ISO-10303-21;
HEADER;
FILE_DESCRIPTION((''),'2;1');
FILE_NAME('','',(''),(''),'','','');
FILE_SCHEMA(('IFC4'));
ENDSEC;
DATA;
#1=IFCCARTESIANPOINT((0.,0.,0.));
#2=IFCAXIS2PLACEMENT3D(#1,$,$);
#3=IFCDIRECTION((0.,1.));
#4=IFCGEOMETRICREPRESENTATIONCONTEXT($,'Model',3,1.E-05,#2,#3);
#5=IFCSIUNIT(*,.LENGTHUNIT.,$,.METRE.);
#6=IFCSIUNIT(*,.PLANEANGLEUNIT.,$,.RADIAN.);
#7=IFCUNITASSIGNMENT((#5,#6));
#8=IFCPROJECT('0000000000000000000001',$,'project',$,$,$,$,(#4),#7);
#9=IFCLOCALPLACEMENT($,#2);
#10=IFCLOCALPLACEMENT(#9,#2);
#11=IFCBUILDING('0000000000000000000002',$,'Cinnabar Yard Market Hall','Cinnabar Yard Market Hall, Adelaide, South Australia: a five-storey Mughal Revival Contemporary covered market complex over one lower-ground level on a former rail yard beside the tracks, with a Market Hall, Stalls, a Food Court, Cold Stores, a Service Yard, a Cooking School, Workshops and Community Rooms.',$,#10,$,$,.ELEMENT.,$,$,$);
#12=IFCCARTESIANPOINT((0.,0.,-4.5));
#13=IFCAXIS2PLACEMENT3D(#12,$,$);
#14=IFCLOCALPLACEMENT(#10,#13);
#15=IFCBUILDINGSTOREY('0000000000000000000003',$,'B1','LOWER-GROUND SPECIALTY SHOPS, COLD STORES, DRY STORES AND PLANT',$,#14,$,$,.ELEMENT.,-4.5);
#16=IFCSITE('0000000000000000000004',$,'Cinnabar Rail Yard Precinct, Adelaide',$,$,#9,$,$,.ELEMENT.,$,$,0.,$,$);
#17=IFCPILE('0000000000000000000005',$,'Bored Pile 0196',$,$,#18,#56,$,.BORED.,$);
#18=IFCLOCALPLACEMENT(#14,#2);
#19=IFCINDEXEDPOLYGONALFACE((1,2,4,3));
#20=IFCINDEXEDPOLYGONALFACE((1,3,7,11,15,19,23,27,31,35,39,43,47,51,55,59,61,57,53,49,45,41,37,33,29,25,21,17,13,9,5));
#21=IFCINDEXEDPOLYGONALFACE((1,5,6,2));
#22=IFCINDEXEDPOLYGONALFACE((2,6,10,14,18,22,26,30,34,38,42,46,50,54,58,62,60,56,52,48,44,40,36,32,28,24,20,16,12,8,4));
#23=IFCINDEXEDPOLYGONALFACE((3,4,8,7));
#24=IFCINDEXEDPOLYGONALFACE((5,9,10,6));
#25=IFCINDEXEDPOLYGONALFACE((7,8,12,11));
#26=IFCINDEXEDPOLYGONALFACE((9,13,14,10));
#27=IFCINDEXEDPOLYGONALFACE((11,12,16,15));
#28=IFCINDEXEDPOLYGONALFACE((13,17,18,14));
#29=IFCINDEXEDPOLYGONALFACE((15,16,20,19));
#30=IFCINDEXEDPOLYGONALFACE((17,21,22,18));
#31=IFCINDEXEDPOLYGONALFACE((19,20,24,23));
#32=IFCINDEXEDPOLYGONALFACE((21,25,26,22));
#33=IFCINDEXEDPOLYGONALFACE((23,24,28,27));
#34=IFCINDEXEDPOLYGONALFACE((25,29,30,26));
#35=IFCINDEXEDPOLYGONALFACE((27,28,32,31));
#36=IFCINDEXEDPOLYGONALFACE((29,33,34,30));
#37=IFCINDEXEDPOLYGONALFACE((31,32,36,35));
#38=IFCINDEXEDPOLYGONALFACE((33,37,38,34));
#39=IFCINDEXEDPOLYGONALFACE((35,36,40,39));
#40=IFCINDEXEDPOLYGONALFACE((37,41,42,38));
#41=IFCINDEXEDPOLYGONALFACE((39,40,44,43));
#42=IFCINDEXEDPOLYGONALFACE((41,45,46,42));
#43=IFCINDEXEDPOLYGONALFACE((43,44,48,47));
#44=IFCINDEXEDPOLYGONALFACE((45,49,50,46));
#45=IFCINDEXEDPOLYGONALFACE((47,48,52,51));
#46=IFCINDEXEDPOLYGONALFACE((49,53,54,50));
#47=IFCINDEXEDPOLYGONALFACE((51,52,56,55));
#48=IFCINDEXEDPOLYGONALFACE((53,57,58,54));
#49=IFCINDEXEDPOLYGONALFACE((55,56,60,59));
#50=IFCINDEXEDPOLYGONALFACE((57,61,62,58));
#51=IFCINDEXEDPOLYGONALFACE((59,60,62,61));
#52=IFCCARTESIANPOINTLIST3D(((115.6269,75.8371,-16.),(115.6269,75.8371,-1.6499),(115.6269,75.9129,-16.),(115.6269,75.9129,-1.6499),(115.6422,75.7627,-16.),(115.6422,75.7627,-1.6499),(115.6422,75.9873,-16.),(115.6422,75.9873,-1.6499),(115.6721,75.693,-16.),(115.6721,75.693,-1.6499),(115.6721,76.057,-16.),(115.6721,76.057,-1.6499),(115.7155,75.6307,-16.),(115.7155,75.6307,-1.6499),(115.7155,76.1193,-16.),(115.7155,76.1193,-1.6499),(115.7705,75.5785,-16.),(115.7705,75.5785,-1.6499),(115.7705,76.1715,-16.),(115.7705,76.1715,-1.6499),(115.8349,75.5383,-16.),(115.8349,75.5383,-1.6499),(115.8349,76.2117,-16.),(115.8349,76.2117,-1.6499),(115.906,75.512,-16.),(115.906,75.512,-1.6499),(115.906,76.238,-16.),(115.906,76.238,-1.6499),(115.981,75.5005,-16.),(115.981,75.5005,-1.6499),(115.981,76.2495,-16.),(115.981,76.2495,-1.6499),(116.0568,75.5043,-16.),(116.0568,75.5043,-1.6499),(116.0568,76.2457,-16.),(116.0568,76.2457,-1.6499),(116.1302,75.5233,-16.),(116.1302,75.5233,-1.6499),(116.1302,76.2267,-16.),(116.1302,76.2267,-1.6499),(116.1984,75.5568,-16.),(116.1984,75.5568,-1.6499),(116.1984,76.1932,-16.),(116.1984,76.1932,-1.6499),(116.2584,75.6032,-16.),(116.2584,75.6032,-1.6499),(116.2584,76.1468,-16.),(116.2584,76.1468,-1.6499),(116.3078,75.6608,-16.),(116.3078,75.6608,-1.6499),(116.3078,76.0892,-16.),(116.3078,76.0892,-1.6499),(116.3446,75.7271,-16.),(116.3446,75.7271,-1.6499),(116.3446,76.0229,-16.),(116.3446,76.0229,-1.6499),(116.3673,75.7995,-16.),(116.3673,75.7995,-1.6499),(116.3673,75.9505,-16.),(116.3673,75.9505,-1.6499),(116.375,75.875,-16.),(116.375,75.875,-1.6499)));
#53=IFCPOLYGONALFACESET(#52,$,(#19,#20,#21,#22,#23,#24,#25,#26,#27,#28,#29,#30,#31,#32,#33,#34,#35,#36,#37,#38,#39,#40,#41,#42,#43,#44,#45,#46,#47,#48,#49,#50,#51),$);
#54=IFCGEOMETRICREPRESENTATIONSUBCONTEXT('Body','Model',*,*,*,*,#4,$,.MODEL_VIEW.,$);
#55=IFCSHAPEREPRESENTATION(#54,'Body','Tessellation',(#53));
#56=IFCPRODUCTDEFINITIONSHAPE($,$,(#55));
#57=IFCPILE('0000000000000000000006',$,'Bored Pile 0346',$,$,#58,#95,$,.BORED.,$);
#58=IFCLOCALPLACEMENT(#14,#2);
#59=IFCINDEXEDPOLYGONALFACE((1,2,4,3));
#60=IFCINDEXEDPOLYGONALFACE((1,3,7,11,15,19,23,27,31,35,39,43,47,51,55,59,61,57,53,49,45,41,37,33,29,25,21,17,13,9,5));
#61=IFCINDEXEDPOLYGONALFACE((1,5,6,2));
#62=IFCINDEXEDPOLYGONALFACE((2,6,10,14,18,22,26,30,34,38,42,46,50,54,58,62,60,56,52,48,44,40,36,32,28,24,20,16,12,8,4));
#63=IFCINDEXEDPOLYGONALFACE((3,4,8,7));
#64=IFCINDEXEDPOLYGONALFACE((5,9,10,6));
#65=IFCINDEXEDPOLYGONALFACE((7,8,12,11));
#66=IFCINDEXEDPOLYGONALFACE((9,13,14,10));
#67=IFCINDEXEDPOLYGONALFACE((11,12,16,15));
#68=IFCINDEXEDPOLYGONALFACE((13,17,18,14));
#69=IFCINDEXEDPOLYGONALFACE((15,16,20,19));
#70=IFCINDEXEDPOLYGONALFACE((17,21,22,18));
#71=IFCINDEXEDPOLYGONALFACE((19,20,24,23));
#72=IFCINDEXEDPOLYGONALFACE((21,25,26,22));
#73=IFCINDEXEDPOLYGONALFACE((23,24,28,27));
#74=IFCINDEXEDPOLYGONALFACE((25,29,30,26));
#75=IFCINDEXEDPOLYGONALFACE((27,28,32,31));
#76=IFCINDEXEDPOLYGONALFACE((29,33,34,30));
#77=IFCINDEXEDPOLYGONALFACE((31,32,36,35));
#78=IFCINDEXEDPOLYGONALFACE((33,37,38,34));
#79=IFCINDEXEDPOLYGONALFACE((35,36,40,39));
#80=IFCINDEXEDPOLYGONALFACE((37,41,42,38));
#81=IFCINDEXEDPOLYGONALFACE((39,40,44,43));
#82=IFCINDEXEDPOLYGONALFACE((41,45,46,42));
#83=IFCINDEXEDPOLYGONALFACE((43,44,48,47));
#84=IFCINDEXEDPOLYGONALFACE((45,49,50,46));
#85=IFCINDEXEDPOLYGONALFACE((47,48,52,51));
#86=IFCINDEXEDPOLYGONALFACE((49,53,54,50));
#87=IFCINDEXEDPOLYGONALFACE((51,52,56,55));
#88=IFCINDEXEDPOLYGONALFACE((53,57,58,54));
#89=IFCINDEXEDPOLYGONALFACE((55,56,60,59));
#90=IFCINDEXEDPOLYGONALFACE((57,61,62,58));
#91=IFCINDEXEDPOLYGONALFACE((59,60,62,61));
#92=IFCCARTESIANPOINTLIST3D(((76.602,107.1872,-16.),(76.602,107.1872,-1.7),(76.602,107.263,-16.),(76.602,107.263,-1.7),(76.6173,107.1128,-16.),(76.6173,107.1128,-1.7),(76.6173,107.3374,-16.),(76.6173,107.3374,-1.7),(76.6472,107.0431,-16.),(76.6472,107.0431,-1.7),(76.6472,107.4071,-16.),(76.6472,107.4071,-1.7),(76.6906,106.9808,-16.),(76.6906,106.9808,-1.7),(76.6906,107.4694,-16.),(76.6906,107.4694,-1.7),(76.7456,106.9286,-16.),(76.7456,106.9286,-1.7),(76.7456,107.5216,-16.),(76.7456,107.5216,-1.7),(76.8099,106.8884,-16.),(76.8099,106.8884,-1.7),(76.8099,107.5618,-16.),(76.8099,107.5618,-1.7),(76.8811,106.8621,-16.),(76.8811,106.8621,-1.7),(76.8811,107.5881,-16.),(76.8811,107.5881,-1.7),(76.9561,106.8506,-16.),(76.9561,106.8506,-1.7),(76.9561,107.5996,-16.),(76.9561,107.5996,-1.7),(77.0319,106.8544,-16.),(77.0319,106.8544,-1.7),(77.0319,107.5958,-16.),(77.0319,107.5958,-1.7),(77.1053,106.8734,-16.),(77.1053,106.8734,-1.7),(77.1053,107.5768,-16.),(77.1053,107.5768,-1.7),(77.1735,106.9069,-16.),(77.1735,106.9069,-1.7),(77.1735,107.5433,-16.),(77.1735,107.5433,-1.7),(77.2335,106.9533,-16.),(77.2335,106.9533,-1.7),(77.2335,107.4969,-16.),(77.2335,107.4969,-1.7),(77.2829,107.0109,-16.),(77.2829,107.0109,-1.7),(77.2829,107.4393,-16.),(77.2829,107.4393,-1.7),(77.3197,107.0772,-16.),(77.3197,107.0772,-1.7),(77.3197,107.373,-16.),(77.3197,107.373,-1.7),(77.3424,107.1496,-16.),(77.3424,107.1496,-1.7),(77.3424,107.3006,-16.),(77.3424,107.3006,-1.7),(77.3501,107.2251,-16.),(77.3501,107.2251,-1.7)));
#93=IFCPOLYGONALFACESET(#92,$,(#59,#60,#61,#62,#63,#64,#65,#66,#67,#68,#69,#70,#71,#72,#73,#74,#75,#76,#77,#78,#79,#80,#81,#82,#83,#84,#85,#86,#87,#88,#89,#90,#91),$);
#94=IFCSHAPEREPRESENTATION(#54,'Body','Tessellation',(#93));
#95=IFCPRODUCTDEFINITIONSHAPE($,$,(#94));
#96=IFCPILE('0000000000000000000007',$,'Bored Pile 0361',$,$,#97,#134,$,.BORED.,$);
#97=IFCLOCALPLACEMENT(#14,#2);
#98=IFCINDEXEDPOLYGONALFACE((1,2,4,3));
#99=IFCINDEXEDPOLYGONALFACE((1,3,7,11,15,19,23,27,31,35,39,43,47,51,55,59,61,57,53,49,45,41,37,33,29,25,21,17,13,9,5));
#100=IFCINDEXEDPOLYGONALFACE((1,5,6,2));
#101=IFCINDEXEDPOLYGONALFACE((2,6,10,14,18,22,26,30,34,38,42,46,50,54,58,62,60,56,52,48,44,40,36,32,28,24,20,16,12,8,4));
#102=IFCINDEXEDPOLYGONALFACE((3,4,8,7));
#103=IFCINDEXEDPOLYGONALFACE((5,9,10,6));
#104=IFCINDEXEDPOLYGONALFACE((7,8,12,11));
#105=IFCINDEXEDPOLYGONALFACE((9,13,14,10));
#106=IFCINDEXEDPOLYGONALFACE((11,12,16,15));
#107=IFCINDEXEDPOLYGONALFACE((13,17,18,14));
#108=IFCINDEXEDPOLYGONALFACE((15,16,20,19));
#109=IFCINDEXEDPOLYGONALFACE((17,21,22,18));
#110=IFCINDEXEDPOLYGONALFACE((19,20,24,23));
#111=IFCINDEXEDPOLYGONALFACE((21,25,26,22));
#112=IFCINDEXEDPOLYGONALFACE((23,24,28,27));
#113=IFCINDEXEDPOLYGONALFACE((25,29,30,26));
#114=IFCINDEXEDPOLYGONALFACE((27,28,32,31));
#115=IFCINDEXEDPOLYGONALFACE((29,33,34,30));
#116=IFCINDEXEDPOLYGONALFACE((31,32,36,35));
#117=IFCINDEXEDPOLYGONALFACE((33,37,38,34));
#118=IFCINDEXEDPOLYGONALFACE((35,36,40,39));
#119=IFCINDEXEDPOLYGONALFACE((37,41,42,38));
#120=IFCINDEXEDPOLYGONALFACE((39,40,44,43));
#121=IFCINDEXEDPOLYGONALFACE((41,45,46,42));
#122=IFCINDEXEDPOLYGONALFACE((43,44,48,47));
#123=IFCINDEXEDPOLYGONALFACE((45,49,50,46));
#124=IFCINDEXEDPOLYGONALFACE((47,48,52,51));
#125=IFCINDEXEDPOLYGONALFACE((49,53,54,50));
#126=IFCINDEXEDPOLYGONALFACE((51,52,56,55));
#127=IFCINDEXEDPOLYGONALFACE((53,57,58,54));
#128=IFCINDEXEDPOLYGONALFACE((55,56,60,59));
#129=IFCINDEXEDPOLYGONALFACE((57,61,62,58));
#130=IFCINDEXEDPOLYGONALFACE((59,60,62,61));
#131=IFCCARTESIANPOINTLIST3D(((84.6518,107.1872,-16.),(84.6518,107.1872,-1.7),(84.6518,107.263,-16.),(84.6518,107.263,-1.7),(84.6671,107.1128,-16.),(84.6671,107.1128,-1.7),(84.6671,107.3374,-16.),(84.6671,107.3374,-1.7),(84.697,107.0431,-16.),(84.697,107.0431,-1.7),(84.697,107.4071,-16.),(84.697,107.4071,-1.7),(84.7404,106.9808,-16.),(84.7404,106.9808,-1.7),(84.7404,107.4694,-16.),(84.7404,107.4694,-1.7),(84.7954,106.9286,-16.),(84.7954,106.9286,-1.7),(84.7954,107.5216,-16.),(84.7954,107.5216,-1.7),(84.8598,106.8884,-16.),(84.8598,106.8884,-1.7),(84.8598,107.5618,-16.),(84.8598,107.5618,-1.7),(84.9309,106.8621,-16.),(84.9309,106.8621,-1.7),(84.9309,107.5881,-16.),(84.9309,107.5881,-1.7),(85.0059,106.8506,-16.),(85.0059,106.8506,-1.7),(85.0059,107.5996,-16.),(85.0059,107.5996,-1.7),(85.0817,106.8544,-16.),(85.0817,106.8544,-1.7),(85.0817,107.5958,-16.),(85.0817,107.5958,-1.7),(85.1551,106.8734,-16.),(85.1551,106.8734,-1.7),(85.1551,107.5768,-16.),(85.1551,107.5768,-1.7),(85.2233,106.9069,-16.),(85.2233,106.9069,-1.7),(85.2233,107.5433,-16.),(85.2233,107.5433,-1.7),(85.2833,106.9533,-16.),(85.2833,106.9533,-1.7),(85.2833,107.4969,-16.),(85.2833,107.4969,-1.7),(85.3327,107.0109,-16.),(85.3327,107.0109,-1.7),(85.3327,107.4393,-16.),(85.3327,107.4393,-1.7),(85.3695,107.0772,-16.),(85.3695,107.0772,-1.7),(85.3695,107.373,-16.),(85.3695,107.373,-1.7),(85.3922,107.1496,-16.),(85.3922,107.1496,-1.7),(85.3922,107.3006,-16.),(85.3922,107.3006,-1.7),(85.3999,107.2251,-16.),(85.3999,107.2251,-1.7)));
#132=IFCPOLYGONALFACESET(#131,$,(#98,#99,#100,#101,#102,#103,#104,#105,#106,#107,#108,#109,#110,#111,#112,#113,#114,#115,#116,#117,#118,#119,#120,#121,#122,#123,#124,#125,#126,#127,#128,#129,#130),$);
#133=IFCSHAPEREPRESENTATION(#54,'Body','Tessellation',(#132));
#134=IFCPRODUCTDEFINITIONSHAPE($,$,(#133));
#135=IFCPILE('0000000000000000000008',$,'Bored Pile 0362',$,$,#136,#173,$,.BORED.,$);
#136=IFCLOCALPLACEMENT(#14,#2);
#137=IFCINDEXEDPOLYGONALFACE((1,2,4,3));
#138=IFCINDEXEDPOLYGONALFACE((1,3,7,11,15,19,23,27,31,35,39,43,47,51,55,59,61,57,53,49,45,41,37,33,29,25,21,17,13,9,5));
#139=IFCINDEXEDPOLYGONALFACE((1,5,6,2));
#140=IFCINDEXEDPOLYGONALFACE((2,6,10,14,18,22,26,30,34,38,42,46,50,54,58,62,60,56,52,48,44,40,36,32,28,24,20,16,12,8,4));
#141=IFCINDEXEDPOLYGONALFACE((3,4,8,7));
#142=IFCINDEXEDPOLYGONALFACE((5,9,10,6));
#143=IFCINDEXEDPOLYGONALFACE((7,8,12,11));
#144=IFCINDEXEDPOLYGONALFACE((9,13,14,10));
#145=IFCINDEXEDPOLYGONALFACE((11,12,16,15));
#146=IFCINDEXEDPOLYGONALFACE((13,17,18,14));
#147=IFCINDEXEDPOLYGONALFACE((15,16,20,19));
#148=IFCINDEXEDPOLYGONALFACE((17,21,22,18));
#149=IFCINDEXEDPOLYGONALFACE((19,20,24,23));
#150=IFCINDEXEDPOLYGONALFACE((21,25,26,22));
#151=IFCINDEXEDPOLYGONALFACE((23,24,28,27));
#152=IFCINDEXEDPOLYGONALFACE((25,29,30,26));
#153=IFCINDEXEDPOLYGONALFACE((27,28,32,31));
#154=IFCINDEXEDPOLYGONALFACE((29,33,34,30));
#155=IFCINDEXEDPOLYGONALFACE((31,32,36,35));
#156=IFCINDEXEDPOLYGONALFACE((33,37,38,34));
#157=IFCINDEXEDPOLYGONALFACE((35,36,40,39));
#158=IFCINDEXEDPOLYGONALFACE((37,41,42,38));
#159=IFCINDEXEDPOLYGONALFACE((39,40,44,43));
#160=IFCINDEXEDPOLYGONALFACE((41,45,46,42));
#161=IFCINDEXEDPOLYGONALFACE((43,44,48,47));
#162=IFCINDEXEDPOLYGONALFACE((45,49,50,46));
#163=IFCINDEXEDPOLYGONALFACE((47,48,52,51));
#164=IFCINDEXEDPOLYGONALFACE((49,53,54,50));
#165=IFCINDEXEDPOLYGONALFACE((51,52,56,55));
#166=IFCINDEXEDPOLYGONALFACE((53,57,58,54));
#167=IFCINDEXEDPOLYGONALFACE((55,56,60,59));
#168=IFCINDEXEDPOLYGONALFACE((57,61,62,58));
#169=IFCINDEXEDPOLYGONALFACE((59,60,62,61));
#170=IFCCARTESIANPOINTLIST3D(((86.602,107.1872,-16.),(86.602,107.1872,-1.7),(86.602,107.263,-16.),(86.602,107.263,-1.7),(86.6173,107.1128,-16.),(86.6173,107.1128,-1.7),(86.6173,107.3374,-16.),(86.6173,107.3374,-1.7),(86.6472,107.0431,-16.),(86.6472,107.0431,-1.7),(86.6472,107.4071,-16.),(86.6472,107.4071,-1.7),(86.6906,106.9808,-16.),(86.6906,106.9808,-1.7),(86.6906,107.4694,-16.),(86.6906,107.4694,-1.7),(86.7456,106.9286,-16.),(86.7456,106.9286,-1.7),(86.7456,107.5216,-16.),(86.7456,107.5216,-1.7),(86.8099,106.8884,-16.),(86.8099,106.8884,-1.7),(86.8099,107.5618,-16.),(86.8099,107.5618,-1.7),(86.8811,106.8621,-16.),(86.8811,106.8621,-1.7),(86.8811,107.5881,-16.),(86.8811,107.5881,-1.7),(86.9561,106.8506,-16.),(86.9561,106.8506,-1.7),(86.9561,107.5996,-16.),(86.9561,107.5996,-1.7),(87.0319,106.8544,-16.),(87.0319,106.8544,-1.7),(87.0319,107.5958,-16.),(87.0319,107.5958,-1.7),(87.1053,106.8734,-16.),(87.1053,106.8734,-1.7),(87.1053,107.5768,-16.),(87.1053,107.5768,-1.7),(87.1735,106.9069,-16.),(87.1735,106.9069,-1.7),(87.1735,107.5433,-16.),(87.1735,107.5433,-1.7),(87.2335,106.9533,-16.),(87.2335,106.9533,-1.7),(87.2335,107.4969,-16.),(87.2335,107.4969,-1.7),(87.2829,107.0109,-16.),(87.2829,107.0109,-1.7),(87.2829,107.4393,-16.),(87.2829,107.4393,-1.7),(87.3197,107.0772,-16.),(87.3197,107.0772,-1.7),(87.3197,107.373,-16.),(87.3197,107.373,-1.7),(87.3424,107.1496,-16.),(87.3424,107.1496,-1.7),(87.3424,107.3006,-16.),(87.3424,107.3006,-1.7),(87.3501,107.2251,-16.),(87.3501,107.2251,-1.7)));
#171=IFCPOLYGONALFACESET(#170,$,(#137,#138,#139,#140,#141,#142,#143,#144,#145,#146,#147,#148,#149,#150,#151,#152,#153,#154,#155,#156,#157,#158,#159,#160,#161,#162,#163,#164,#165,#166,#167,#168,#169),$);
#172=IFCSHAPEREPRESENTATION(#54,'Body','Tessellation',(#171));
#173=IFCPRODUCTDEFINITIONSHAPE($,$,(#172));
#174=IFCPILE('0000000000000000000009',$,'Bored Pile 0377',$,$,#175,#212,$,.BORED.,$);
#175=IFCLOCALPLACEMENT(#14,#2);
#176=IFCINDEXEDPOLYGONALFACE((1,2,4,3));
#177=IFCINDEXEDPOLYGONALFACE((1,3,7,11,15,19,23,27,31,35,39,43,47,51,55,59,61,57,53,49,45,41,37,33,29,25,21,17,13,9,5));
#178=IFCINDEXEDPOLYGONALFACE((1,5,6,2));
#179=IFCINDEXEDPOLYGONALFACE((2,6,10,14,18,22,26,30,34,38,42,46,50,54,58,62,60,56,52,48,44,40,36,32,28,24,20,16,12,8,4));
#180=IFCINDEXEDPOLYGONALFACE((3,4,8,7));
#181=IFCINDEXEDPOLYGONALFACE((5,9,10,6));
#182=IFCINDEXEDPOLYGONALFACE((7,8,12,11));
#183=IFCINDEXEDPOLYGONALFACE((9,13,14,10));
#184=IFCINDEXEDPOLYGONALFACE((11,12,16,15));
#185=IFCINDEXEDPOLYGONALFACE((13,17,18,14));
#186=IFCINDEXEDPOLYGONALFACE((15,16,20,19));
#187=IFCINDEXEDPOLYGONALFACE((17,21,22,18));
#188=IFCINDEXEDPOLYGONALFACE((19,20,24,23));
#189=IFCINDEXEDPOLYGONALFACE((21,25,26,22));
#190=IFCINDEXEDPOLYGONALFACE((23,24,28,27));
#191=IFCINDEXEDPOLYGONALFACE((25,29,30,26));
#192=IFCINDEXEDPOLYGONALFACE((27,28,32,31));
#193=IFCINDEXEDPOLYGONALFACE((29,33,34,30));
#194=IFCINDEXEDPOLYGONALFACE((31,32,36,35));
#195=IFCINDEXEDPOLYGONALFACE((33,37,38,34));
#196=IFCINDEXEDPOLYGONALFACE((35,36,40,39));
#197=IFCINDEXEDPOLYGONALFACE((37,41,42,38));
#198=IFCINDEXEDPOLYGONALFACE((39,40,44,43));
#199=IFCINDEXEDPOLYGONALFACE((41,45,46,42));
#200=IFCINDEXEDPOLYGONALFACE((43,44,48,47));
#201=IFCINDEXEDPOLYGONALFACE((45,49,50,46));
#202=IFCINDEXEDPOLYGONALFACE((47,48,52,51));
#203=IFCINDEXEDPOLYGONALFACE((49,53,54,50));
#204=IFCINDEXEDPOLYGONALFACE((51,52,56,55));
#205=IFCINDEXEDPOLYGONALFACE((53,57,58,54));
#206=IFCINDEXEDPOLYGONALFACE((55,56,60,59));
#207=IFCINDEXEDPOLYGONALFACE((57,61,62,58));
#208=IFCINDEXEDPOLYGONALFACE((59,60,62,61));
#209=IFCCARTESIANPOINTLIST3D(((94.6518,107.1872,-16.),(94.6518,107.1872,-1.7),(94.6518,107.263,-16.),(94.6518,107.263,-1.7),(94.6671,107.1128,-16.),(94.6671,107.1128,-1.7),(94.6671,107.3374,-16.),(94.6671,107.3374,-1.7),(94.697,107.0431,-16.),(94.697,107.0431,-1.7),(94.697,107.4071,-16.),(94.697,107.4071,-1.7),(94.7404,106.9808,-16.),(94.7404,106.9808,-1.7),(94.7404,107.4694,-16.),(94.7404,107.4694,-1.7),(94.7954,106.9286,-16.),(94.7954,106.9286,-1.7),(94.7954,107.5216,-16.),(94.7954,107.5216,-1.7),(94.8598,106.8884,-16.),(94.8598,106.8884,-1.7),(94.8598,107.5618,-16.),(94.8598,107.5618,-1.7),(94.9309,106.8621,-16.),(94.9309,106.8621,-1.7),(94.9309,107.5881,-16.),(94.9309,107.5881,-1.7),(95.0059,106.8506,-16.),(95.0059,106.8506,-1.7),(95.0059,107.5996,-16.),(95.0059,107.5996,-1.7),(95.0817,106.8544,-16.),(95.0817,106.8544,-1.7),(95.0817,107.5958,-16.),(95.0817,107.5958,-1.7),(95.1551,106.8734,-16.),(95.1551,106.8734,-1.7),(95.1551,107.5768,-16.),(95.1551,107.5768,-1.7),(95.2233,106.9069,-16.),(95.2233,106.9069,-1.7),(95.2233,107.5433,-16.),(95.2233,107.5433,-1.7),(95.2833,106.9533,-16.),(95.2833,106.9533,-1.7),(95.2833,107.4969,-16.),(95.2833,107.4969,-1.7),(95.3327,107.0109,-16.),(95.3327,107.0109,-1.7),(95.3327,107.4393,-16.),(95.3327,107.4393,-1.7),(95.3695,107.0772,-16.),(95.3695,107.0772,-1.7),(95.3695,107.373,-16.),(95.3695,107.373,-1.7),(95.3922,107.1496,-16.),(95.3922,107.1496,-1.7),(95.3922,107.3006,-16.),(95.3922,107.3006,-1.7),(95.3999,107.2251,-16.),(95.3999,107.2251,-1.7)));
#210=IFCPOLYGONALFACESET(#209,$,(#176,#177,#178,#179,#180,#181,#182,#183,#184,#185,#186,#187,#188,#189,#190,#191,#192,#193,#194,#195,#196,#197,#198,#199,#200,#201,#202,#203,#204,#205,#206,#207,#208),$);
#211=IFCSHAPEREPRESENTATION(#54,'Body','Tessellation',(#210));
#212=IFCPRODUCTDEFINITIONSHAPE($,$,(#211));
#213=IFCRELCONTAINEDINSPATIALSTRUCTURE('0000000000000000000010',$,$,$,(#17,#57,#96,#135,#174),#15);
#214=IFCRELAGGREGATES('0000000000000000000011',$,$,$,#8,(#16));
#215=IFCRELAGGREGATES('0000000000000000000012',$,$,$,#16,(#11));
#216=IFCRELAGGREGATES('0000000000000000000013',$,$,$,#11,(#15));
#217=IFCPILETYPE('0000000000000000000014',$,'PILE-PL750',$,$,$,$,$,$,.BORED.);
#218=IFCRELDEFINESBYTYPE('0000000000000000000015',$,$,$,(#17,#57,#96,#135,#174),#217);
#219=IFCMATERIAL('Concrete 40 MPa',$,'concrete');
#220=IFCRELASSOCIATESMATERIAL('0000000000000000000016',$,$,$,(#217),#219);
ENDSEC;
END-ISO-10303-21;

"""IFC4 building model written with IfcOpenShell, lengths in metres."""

from ifc_helpers import new_model, si_unit, direction, frame, origin, origin_2d_with_axis, place, context, subcontext, project, spatial, circle, extrude, material, material_profile, profile_set, type_object, element, save


model = new_model("IFC4")

# Units and contexts
model_context = context("Model", 3, precision=1e-05, world=origin(), true_north=direction((0.0, 1.0)))
body_context = subcontext(model_context, "Body", "Model", "MODEL_VIEW")
ifc_project = project(units=[si_unit("LENGTHUNIT", "METRE"), si_unit("PLANEANGLEUNIT", "RADIAN")], contexts=[model_context])

# Site, building, storey
site_placement = place(None, origin())
site = spatial("IfcSite", under=ifc_project, at=site_placement, Name="Cinnabar Rail Yard Precinct, Adelaide", CompositionType="ELEMENT", RefElevation=0.0)
building_placement = place(site_placement, origin())
building = spatial("IfcBuilding", under=site, at=building_placement, Name="Cinnabar Yard Market Hall", Description="Cinnabar Yard Market Hall, Adelaide, South Australia: a five-storey Mughal Revival Contemporary covered market complex over one lower-ground level on a former rail yard beside the tracks, with a Market Hall, Stalls, a Food Court, Cold Stores, a Service Yard, a Cooking School, Workshops and Community Rooms.", CompositionType="ELEMENT")
storey_placement = place(building_placement, frame((0.0, 0.0, -4.5)))
storey = spatial("IfcBuildingStorey", under=building, at=storey_placement, Name="B1", Description="LOWER-GROUND SPECIALTY SHOPS, COLD STORES, DRY STORES AND PLANT", CompositionType="ELEMENT", Elevation=-4.5)

# Shared definitions
ifc_material_1 = material(Name="Concrete 40 MPa", Category="concrete")

# Piles
ifc_material_profile_1 = material_profile(ifc_material_1, circle(Radius=0.375, at=origin_2d_with_axis()), Name="PILE-D750")
ifc_profile_set_1 = profile_set([ifc_material_profile_1], Name="Concrete 40 MPa")
pile_type = type_object("IfcPileType", Name="PILE-PL750", PredefinedType="BORED", material=ifc_profile_set_1)
pile_1_placement = place(storey_placement, frame((116.0, 75.875, -1.6499), z_axis=(0.0, 0.0, -1.0), x_axis=(1.0, 0.0, 0.0)))
element("IfcPile", 1, at=pile_1_placement, inside=storey, type_object=pile_type, Name="Bored Pile 0196", PredefinedType="BORED", context=body_context, shape_type="SweptSolid", body=[
    extrude(circle(Radius=0.375, at=origin_2d_with_axis()), origin(), (0.0, 0.0, 1.0), 14.3501),
])
for number, where, z_axis, x_axis, name in (
    (2, (76.9751, 107.2251, -1.7), (0.0, 0.0, -1.0), (1.0, 0.0, 0.0), "Bored Pile 0346"),
    (3, (85.0249, 107.2251, -1.7), (0.0, 0.0, -1.0), (1.0, 0.0, 0.0), "Bored Pile 0361"),
    (4, (86.9751, 107.2251, -1.7), (0.0, 0.0, -1.0), (1.0, 0.0, 0.0), "Bored Pile 0362"),
    (5, (95.0249, 107.2251, -1.7), (0.0, 0.0, -1.0), (1.0, 0.0, 0.0), "Bored Pile 0377"),
):
    element("IfcPile", number, at=place(storey_placement, frame(where, z_axis=z_axis, x_axis=x_axis)), inside=storey, type_object=pile_type, Name=name, PredefinedType="BORED", context=body_context, shape_type="SweptSolid", body=[
        extrude(circle(Radius=0.375, at=origin_2d_with_axis()), origin(), (0.0, 0.0, 1.0), 14.3),
    ])

save(model, "model.ifc")
